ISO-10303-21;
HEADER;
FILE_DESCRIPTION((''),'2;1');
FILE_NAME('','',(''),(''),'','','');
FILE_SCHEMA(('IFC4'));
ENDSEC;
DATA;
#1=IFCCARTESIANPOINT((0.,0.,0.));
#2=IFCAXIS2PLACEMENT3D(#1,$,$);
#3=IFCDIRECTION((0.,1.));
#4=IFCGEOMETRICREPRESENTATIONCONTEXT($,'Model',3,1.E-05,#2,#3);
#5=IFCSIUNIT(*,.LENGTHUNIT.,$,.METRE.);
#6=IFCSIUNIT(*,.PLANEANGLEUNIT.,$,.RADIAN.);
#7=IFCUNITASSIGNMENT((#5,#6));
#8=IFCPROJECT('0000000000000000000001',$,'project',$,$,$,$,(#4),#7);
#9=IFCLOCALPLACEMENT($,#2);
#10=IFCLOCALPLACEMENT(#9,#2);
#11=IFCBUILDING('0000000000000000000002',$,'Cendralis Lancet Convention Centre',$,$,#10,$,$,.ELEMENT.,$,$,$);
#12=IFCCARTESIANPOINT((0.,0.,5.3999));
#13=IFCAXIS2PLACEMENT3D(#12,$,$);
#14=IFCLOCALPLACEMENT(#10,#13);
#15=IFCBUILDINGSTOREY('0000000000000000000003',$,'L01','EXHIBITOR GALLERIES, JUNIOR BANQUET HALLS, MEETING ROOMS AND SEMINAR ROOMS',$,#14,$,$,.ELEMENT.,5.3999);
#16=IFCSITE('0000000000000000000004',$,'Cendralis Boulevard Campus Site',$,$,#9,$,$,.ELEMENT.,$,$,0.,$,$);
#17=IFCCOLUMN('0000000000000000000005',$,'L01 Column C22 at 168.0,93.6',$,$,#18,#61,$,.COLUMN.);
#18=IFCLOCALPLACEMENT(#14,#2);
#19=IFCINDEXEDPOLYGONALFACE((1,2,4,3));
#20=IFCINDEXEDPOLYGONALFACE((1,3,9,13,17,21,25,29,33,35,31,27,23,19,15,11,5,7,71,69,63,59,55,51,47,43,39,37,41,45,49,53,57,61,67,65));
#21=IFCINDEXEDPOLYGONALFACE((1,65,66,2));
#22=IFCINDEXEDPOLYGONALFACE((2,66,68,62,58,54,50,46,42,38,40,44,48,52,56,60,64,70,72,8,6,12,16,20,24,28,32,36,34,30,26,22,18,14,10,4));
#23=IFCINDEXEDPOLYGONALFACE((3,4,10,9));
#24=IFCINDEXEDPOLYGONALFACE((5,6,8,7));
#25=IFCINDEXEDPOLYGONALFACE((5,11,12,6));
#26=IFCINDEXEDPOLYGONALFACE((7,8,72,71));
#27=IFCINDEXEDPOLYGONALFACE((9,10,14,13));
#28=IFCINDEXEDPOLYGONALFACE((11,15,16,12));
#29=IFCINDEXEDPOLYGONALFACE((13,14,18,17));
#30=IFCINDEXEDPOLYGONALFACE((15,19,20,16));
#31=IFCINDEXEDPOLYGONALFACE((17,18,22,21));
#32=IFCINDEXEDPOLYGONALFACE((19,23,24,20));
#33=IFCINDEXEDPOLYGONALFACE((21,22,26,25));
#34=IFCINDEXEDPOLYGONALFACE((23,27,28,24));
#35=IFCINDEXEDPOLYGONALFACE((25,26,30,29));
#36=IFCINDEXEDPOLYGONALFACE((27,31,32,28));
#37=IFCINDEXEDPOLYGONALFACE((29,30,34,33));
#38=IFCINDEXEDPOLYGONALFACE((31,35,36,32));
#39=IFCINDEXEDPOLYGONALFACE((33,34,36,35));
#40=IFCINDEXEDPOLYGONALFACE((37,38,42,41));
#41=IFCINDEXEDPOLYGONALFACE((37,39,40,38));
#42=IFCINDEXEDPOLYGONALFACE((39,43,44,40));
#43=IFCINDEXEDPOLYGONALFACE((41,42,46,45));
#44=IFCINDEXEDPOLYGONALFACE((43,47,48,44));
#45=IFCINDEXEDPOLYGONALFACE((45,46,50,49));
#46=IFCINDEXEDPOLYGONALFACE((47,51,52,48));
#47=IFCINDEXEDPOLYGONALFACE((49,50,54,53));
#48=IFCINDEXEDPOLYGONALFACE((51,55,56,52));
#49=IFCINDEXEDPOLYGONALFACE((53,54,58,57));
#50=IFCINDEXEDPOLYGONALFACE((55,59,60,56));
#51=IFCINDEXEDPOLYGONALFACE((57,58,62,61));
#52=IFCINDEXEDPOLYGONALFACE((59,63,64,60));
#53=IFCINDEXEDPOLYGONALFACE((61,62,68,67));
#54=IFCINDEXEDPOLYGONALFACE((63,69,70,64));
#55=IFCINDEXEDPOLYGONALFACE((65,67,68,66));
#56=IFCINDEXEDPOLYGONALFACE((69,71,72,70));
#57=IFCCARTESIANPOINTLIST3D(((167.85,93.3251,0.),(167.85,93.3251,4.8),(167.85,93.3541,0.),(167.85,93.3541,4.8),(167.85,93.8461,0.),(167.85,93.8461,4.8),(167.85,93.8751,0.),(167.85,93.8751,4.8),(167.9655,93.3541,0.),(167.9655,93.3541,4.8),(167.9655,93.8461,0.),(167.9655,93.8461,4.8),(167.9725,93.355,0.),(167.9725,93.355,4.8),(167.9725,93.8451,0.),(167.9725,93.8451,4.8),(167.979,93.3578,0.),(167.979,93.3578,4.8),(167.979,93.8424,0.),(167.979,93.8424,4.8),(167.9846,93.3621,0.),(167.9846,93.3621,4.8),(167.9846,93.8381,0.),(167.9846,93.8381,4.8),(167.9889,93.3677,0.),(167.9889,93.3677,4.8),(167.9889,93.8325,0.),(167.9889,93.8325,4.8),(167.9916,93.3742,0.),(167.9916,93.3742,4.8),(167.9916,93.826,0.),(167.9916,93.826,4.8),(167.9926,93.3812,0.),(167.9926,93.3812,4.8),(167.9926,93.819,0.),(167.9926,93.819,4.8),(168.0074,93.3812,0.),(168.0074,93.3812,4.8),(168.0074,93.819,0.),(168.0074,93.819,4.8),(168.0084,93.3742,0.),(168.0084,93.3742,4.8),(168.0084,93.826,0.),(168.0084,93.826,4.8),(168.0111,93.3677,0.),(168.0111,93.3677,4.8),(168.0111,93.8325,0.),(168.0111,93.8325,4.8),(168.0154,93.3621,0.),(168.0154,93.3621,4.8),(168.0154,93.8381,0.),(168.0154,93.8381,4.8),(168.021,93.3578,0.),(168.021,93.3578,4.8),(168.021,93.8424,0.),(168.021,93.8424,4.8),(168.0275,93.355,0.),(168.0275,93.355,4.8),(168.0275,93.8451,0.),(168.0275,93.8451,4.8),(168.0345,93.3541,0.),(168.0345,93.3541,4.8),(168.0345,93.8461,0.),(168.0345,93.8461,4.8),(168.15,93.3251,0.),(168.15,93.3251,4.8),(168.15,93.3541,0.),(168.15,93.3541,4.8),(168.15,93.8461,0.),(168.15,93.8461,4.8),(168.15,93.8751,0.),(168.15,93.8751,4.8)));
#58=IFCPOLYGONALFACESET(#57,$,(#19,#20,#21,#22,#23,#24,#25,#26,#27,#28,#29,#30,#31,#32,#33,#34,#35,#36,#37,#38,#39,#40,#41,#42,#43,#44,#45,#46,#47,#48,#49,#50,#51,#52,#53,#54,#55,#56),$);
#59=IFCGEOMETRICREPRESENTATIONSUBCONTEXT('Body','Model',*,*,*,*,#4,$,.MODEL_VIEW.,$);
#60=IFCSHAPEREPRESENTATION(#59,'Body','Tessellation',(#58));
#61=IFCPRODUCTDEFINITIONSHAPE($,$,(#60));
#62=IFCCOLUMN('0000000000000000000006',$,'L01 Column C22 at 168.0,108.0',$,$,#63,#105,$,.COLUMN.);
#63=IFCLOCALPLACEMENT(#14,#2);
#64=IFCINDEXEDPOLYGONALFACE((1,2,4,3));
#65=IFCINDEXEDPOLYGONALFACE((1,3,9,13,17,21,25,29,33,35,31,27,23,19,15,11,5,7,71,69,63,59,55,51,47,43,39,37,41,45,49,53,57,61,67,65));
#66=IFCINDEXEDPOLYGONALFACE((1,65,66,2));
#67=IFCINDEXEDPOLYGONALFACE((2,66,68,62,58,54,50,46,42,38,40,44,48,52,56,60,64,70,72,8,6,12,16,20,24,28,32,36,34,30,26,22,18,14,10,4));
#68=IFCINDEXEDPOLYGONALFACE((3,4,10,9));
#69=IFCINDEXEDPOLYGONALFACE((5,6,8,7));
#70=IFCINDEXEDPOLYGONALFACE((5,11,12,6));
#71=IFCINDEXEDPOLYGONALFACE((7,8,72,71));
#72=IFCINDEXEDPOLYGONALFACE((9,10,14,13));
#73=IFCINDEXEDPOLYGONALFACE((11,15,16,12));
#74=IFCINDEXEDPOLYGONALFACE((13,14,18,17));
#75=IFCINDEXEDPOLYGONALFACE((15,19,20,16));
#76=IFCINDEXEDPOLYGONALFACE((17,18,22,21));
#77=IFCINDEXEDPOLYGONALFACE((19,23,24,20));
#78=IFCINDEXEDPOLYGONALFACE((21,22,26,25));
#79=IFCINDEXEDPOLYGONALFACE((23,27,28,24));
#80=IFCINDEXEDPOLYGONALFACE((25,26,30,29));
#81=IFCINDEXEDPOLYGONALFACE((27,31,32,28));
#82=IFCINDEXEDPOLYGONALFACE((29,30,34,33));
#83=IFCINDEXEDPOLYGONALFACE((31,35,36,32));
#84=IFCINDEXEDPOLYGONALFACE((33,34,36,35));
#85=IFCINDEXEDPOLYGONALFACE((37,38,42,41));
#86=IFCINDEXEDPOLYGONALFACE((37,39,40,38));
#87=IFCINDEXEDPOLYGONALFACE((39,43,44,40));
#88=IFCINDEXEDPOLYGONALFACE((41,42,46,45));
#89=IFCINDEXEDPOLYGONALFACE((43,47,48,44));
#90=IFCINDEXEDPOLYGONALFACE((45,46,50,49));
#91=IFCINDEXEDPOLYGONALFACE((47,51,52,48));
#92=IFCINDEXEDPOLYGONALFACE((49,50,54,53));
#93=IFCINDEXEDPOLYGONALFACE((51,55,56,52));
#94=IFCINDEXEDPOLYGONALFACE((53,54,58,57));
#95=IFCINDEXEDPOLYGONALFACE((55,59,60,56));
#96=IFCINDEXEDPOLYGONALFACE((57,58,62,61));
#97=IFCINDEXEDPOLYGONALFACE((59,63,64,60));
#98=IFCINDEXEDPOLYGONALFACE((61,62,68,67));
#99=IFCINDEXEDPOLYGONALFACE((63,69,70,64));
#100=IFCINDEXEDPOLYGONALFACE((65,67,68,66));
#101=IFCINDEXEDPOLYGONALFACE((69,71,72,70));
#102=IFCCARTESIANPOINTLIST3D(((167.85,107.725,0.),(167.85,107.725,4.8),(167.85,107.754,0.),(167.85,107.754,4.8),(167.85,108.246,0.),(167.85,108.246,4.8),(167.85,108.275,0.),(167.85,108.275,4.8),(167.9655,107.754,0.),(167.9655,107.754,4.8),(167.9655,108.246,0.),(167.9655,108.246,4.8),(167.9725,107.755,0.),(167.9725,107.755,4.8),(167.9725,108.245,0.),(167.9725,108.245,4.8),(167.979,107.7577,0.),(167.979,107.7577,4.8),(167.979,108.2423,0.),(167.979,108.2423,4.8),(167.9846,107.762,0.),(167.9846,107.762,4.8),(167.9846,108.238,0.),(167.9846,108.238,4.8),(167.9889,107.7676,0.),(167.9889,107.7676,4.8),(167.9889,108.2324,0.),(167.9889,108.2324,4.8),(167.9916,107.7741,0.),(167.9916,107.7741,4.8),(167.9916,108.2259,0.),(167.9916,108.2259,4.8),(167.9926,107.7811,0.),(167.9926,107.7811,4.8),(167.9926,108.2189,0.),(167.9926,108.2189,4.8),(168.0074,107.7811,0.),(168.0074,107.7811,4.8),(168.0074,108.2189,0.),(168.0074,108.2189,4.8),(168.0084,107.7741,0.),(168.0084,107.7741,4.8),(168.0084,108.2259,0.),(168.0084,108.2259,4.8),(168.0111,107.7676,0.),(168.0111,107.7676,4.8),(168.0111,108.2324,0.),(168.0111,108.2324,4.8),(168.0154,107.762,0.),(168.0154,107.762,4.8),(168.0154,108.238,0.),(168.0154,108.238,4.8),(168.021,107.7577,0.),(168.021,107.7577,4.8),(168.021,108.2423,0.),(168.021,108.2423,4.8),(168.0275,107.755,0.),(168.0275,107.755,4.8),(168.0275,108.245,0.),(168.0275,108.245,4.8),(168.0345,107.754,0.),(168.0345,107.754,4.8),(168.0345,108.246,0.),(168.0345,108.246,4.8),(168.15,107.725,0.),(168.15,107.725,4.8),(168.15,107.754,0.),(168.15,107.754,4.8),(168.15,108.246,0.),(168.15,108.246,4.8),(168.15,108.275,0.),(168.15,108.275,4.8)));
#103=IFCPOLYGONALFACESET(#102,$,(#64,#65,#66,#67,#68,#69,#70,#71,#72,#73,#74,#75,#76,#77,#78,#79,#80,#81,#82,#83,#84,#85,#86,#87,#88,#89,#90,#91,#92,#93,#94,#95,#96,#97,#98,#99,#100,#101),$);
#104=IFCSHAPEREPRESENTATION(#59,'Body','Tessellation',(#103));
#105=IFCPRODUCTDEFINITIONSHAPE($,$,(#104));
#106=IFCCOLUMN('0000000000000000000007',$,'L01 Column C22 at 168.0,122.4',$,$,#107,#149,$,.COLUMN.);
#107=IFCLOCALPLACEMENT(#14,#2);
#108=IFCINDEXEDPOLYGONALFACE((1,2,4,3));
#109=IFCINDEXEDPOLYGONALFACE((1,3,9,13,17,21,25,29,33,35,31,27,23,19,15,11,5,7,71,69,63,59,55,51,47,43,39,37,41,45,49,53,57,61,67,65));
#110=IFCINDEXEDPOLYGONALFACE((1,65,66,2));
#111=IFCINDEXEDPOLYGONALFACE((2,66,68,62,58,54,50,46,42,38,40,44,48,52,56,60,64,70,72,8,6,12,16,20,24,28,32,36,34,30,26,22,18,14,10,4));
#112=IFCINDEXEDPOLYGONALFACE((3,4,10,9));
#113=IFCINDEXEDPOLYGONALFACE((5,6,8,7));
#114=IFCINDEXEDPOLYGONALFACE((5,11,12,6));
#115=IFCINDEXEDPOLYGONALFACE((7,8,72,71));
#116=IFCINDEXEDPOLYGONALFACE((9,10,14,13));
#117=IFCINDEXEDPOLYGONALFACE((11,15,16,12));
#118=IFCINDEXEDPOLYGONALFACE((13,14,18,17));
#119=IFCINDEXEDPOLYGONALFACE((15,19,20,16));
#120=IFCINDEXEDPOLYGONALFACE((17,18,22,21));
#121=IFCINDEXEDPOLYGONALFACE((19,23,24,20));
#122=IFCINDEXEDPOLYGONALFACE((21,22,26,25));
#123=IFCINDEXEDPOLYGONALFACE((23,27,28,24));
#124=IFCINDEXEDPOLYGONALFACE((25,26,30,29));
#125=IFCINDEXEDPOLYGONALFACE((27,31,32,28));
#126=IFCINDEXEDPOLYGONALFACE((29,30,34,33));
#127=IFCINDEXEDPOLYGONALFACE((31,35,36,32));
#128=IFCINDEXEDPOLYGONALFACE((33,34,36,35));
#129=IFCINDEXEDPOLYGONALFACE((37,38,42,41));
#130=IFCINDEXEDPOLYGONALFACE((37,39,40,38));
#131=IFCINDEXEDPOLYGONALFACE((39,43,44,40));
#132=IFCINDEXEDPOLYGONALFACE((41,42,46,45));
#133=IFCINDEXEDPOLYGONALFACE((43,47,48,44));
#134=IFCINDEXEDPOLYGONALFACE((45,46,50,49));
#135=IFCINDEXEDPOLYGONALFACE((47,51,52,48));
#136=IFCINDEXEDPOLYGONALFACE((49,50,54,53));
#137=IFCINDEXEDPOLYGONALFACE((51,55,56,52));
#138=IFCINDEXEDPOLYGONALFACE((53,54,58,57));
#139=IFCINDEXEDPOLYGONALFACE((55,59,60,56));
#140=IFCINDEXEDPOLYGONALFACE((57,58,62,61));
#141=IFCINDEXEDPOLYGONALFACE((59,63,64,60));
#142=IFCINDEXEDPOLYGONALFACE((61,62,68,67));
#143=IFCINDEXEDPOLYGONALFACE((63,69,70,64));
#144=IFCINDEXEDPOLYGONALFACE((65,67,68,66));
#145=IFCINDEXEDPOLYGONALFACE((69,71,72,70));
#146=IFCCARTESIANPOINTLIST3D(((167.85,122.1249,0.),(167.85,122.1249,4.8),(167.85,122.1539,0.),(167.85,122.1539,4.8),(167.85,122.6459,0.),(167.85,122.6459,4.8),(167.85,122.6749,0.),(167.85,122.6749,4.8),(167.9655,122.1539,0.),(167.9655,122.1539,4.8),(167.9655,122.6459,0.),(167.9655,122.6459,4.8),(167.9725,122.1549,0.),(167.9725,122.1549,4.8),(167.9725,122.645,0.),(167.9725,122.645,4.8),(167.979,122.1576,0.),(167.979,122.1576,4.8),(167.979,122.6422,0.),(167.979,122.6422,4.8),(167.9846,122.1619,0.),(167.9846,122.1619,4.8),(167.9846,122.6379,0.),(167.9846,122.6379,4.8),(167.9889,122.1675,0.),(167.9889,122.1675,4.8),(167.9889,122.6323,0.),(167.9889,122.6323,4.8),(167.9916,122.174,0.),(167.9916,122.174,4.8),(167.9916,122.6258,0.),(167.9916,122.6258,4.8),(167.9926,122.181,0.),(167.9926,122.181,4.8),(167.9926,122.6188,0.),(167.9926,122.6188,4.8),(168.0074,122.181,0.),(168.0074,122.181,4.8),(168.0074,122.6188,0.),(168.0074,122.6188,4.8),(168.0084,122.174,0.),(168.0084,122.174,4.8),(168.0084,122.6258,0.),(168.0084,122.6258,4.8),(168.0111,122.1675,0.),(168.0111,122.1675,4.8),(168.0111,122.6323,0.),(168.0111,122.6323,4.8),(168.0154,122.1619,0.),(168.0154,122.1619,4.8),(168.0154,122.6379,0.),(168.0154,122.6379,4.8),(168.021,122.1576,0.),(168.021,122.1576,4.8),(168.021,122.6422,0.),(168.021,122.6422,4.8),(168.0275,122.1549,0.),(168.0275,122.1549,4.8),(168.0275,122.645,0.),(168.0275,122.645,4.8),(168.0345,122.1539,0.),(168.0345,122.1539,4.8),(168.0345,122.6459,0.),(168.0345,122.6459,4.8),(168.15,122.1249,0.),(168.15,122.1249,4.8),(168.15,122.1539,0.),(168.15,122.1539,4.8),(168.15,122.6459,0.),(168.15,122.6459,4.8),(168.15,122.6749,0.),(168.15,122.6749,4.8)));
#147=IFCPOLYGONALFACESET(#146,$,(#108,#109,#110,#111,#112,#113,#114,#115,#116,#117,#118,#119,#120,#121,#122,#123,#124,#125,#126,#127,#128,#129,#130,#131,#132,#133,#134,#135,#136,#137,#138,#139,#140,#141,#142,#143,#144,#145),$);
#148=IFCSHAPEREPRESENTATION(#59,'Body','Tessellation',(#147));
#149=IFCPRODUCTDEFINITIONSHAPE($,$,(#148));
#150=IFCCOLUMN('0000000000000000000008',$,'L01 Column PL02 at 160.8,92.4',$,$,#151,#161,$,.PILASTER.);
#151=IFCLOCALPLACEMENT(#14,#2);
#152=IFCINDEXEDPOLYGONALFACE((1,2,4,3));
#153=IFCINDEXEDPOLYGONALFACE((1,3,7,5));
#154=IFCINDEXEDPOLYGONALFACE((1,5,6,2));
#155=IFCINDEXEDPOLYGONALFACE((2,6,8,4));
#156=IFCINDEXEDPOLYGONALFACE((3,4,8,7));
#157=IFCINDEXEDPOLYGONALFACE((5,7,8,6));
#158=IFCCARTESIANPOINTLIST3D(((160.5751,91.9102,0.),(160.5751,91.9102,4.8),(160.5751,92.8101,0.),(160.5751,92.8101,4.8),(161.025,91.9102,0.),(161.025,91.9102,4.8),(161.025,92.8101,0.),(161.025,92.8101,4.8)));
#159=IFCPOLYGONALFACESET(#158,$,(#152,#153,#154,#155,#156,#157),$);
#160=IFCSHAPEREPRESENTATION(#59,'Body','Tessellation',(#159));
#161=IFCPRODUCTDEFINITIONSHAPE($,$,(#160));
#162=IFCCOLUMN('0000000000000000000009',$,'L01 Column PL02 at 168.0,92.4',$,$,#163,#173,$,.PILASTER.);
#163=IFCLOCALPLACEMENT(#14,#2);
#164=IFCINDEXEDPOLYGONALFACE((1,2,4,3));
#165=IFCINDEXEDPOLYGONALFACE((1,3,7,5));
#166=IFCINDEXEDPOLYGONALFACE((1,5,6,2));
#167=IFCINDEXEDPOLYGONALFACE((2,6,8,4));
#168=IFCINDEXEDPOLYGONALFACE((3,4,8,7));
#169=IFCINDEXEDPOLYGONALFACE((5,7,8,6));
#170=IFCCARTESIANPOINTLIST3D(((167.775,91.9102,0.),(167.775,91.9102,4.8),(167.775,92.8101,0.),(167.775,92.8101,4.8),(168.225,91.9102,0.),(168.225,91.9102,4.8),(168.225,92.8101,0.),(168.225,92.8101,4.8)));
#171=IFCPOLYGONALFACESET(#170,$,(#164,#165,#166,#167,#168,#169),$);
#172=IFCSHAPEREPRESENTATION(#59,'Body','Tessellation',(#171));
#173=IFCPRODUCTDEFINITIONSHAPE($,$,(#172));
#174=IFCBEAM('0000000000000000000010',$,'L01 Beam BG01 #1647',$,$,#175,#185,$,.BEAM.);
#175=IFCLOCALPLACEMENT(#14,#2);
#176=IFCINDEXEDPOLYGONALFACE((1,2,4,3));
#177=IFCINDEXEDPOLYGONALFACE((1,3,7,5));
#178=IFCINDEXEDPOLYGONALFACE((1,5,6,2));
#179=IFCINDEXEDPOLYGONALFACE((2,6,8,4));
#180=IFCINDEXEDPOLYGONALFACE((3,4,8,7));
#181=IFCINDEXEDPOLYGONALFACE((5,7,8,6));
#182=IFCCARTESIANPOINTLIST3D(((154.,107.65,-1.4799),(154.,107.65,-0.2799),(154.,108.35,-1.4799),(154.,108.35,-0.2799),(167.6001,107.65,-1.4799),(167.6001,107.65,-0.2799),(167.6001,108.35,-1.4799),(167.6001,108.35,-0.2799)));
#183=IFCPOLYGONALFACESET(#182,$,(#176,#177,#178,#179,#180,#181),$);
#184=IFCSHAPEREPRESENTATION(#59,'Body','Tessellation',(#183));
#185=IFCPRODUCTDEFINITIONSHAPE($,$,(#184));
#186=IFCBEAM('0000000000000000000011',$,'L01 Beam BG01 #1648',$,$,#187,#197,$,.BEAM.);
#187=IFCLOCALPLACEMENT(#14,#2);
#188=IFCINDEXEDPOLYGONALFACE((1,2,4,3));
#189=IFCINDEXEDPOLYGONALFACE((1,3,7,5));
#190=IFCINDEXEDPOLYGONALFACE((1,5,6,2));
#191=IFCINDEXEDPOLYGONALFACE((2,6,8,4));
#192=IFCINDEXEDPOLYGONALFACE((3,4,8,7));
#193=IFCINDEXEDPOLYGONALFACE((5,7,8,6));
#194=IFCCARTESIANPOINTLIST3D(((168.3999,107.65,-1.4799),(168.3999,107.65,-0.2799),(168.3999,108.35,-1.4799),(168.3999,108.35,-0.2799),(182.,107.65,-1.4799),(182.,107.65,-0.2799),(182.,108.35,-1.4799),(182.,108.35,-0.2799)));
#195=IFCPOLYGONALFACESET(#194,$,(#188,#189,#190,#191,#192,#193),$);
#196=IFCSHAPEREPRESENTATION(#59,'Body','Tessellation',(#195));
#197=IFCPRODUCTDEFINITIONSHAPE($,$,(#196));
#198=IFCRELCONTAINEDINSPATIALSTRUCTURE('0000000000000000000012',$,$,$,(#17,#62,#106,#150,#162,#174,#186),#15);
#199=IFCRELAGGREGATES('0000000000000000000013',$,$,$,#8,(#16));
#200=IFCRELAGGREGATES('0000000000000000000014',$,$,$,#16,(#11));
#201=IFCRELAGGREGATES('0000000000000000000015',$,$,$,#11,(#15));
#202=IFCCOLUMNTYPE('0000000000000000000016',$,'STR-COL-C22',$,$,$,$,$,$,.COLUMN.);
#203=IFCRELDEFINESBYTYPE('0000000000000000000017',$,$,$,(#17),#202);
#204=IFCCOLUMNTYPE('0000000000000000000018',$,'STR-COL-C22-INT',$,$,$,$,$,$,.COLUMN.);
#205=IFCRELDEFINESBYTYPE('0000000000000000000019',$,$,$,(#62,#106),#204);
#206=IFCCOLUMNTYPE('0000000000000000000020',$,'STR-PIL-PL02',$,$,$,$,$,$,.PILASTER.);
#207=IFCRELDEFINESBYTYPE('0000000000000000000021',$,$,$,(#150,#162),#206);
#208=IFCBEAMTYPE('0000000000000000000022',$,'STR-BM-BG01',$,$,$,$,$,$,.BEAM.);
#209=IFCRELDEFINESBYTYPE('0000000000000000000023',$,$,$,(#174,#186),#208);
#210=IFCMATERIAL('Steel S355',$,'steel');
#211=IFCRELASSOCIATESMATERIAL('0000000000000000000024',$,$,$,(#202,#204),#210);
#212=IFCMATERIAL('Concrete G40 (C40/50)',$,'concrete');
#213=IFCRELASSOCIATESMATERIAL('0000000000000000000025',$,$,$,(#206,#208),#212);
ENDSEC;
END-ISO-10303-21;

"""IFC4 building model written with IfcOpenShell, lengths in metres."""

from ifc_helpers import new_model, si_unit, direction, frame, origin, origin_2d, place, context, subcontext, project, spatial, rectangle, i_section, extrude, material, material_profile, profile_set, type_object, element, save


model = new_model("IFC4")

# Units and contexts
model_context = context("Model", 3, precision=1e-05, world=origin(), true_north=direction((0.0, 1.0)))
body_context = subcontext(model_context, "Body", "Model", "MODEL_VIEW")
ifc_project = project(units=[si_unit("LENGTHUNIT", "METRE"), si_unit("PLANEANGLEUNIT", "RADIAN")], contexts=[model_context])

# Site, building, storey
site_placement = place(None, origin())
site = spatial("IfcSite", under=ifc_project, at=site_placement, Name="Cendralis Boulevard Campus Site", CompositionType="ELEMENT", RefElevation=0.0)
building_placement = place(site_placement, origin())
building = spatial("IfcBuilding", under=site, at=building_placement, Name="Cendralis Lancet Convention Centre", CompositionType="ELEMENT")
storey_placement = place(building_placement, frame((0.0, 0.0, 5.3999)))
storey = spatial("IfcBuildingStorey", under=building, at=storey_placement, Name="L01", Description="EXHIBITOR GALLERIES, JUNIOR BANQUET HALLS, MEETING ROOMS AND SEMINAR ROOMS", CompositionType="ELEMENT", Elevation=5.3999)

# Columns
ifc_material_1 = material(Name="Steel S355", Category="steel")
ifc_material_profile_1 = material_profile(ifc_material_1, i_section(OverallWidth=0.3, OverallDepth=0.55, WebThickness=0.0149, FlangeThickness=0.0291, FilletRadius=0.0271, at=origin_2d()), Name="HEB 550")
ifc_profile_set_1 = profile_set([ifc_material_profile_1], Name="Steel S355")
column_type_1 = type_object("IfcColumnType", Name="STR-COL-C22", PredefinedType="COLUMN", material=ifc_profile_set_1)
column_placement = place(storey_placement, frame((168.0, 93.6001, 0.0), z_axis=(0.0, 0.0, 1.0), x_axis=(1.0, 0.0, 0.0)))
element("IfcColumn", 1, at=column_placement, inside=storey, type_object=column_type_1, Name="L01 Column C22 at 168.0,93.6", PredefinedType="COLUMN", context=body_context, shape_type="SweptSolid", body=[
    extrude(i_section(OverallWidth=0.3, OverallDepth=0.55, WebThickness=0.0149, FlangeThickness=0.0291, FilletRadius=0.0271, at=origin_2d()), origin(), (0.0, 0.0, 1.0), 4.8),
])
ifc_material_profile_2 = material_profile(ifc_material_1, i_section(OverallWidth=0.3, OverallDepth=0.55, WebThickness=0.0149, FlangeThickness=0.0291, FilletRadius=0.0271, at=origin_2d()), Name="HEB 550")
ifc_profile_set_2 = profile_set([ifc_material_profile_2], Name="Steel S355")
column_type_2 = type_object("IfcColumnType", Name="STR-COL-C22-INT", PredefinedType="COLUMN", material=ifc_profile_set_2)
for number, where, z_axis, x_axis, name in (
    (2, (168.0, 108.0, 0.0), (0.0, 0.0, 1.0), (1.0, 0.0, 0.0), "L01 Column C22 at 168.0,108.0"),
    (3, (168.0, 122.3999, 0.0), (0.0, 0.0, 1.0), (1.0, 0.0, 0.0), "L01 Column C22 at 168.0,122.4"),
):
    element("IfcColumn", number, at=place(storey_placement, frame(where, z_axis=z_axis, x_axis=x_axis)), inside=storey, type_object=column_type_2, Name=name, PredefinedType="COLUMN", context=body_context, shape_type="SweptSolid", body=[
        extrude(i_section(OverallWidth=0.3, OverallDepth=0.55, WebThickness=0.0149, FlangeThickness=0.0291, FilletRadius=0.0271, at=origin_2d()), origin(), (0.0, 0.0, 1.0), 4.8),
    ])
ifc_material_2 = material(Name="Concrete G40 (C40/50)", Category="concrete")
ifc_material_profile_3 = material_profile(ifc_material_2, rectangle(XDim=0.45, YDim=0.8999, at=origin_2d()), Name="RC 450x900")
ifc_profile_set_3 = profile_set([ifc_material_profile_3], Name="Concrete G40 (C40/50)")
column_type_3 = type_object("IfcColumnType", Name="STR-PIL-PL02", PredefinedType="PILASTER", material=ifc_profile_set_3)
for number, where, z_axis, x_axis, name in (
    (4, (160.8, 92.3601, 0.0), (0.0, 0.0, 1.0), (1.0, 0.0, 0.0), "L01 Column PL02 at 160.8,92.4"),
    (5, (168.0, 92.3601, 0.0), (0.0, 0.0, 1.0), (1.0, 0.0, 0.0), "L01 Column PL02 at 168.0,92.4"),
):
    element("IfcColumn", number, at=place(storey_placement, frame(where, z_axis=z_axis, x_axis=x_axis)), inside=storey, type_object=column_type_3, Name=name, PredefinedType="PILASTER", context=body_context, shape_type="SweptSolid", body=[
        extrude(rectangle(XDim=0.45, YDim=0.8999, at=origin_2d()), origin(), (0.0, 0.0, 1.0), 4.8),
    ])

# Beams
ifc_material_profile_4 = material_profile(ifc_material_2, rectangle(XDim=0.7, YDim=1.2, at=origin_2d()), Name="RCB 700x1200")
ifc_profile_set_4 = profile_set([ifc_material_profile_4], Name="Concrete G40 (C40/50)")
beam_type_1 = type_object("IfcBeamType", Name="STR-BM-BG01", PredefinedType="BEAM", material=ifc_profile_set_4)
for number, where, z_axis, x_axis, name in (
    (6, (154.0, 108.0, -0.8799), (1.0, 0.0, 0.0), (0.0, 1.0, 0.0), "L01 Beam BG01 #1647"),
    (7, (168.3999, 108.0, -0.8799), (1.0, 0.0, 0.0), (0.0, 1.0, 0.0), "L01 Beam BG01 #1648"),
):
    element("IfcBeam", number, at=place(storey_placement, frame(where, z_axis=z_axis, x_axis=x_axis)), inside=storey, type_object=beam_type_1, Name=name, PredefinedType="BEAM", context=body_context, shape_type="SweptSolid", body=[
        extrude(rectangle(XDim=0.7, YDim=1.2, at=origin_2d()), origin(), (0.0, 0.0, 1.0), 13.6001),
    ])

save(model, "model.ifc")
